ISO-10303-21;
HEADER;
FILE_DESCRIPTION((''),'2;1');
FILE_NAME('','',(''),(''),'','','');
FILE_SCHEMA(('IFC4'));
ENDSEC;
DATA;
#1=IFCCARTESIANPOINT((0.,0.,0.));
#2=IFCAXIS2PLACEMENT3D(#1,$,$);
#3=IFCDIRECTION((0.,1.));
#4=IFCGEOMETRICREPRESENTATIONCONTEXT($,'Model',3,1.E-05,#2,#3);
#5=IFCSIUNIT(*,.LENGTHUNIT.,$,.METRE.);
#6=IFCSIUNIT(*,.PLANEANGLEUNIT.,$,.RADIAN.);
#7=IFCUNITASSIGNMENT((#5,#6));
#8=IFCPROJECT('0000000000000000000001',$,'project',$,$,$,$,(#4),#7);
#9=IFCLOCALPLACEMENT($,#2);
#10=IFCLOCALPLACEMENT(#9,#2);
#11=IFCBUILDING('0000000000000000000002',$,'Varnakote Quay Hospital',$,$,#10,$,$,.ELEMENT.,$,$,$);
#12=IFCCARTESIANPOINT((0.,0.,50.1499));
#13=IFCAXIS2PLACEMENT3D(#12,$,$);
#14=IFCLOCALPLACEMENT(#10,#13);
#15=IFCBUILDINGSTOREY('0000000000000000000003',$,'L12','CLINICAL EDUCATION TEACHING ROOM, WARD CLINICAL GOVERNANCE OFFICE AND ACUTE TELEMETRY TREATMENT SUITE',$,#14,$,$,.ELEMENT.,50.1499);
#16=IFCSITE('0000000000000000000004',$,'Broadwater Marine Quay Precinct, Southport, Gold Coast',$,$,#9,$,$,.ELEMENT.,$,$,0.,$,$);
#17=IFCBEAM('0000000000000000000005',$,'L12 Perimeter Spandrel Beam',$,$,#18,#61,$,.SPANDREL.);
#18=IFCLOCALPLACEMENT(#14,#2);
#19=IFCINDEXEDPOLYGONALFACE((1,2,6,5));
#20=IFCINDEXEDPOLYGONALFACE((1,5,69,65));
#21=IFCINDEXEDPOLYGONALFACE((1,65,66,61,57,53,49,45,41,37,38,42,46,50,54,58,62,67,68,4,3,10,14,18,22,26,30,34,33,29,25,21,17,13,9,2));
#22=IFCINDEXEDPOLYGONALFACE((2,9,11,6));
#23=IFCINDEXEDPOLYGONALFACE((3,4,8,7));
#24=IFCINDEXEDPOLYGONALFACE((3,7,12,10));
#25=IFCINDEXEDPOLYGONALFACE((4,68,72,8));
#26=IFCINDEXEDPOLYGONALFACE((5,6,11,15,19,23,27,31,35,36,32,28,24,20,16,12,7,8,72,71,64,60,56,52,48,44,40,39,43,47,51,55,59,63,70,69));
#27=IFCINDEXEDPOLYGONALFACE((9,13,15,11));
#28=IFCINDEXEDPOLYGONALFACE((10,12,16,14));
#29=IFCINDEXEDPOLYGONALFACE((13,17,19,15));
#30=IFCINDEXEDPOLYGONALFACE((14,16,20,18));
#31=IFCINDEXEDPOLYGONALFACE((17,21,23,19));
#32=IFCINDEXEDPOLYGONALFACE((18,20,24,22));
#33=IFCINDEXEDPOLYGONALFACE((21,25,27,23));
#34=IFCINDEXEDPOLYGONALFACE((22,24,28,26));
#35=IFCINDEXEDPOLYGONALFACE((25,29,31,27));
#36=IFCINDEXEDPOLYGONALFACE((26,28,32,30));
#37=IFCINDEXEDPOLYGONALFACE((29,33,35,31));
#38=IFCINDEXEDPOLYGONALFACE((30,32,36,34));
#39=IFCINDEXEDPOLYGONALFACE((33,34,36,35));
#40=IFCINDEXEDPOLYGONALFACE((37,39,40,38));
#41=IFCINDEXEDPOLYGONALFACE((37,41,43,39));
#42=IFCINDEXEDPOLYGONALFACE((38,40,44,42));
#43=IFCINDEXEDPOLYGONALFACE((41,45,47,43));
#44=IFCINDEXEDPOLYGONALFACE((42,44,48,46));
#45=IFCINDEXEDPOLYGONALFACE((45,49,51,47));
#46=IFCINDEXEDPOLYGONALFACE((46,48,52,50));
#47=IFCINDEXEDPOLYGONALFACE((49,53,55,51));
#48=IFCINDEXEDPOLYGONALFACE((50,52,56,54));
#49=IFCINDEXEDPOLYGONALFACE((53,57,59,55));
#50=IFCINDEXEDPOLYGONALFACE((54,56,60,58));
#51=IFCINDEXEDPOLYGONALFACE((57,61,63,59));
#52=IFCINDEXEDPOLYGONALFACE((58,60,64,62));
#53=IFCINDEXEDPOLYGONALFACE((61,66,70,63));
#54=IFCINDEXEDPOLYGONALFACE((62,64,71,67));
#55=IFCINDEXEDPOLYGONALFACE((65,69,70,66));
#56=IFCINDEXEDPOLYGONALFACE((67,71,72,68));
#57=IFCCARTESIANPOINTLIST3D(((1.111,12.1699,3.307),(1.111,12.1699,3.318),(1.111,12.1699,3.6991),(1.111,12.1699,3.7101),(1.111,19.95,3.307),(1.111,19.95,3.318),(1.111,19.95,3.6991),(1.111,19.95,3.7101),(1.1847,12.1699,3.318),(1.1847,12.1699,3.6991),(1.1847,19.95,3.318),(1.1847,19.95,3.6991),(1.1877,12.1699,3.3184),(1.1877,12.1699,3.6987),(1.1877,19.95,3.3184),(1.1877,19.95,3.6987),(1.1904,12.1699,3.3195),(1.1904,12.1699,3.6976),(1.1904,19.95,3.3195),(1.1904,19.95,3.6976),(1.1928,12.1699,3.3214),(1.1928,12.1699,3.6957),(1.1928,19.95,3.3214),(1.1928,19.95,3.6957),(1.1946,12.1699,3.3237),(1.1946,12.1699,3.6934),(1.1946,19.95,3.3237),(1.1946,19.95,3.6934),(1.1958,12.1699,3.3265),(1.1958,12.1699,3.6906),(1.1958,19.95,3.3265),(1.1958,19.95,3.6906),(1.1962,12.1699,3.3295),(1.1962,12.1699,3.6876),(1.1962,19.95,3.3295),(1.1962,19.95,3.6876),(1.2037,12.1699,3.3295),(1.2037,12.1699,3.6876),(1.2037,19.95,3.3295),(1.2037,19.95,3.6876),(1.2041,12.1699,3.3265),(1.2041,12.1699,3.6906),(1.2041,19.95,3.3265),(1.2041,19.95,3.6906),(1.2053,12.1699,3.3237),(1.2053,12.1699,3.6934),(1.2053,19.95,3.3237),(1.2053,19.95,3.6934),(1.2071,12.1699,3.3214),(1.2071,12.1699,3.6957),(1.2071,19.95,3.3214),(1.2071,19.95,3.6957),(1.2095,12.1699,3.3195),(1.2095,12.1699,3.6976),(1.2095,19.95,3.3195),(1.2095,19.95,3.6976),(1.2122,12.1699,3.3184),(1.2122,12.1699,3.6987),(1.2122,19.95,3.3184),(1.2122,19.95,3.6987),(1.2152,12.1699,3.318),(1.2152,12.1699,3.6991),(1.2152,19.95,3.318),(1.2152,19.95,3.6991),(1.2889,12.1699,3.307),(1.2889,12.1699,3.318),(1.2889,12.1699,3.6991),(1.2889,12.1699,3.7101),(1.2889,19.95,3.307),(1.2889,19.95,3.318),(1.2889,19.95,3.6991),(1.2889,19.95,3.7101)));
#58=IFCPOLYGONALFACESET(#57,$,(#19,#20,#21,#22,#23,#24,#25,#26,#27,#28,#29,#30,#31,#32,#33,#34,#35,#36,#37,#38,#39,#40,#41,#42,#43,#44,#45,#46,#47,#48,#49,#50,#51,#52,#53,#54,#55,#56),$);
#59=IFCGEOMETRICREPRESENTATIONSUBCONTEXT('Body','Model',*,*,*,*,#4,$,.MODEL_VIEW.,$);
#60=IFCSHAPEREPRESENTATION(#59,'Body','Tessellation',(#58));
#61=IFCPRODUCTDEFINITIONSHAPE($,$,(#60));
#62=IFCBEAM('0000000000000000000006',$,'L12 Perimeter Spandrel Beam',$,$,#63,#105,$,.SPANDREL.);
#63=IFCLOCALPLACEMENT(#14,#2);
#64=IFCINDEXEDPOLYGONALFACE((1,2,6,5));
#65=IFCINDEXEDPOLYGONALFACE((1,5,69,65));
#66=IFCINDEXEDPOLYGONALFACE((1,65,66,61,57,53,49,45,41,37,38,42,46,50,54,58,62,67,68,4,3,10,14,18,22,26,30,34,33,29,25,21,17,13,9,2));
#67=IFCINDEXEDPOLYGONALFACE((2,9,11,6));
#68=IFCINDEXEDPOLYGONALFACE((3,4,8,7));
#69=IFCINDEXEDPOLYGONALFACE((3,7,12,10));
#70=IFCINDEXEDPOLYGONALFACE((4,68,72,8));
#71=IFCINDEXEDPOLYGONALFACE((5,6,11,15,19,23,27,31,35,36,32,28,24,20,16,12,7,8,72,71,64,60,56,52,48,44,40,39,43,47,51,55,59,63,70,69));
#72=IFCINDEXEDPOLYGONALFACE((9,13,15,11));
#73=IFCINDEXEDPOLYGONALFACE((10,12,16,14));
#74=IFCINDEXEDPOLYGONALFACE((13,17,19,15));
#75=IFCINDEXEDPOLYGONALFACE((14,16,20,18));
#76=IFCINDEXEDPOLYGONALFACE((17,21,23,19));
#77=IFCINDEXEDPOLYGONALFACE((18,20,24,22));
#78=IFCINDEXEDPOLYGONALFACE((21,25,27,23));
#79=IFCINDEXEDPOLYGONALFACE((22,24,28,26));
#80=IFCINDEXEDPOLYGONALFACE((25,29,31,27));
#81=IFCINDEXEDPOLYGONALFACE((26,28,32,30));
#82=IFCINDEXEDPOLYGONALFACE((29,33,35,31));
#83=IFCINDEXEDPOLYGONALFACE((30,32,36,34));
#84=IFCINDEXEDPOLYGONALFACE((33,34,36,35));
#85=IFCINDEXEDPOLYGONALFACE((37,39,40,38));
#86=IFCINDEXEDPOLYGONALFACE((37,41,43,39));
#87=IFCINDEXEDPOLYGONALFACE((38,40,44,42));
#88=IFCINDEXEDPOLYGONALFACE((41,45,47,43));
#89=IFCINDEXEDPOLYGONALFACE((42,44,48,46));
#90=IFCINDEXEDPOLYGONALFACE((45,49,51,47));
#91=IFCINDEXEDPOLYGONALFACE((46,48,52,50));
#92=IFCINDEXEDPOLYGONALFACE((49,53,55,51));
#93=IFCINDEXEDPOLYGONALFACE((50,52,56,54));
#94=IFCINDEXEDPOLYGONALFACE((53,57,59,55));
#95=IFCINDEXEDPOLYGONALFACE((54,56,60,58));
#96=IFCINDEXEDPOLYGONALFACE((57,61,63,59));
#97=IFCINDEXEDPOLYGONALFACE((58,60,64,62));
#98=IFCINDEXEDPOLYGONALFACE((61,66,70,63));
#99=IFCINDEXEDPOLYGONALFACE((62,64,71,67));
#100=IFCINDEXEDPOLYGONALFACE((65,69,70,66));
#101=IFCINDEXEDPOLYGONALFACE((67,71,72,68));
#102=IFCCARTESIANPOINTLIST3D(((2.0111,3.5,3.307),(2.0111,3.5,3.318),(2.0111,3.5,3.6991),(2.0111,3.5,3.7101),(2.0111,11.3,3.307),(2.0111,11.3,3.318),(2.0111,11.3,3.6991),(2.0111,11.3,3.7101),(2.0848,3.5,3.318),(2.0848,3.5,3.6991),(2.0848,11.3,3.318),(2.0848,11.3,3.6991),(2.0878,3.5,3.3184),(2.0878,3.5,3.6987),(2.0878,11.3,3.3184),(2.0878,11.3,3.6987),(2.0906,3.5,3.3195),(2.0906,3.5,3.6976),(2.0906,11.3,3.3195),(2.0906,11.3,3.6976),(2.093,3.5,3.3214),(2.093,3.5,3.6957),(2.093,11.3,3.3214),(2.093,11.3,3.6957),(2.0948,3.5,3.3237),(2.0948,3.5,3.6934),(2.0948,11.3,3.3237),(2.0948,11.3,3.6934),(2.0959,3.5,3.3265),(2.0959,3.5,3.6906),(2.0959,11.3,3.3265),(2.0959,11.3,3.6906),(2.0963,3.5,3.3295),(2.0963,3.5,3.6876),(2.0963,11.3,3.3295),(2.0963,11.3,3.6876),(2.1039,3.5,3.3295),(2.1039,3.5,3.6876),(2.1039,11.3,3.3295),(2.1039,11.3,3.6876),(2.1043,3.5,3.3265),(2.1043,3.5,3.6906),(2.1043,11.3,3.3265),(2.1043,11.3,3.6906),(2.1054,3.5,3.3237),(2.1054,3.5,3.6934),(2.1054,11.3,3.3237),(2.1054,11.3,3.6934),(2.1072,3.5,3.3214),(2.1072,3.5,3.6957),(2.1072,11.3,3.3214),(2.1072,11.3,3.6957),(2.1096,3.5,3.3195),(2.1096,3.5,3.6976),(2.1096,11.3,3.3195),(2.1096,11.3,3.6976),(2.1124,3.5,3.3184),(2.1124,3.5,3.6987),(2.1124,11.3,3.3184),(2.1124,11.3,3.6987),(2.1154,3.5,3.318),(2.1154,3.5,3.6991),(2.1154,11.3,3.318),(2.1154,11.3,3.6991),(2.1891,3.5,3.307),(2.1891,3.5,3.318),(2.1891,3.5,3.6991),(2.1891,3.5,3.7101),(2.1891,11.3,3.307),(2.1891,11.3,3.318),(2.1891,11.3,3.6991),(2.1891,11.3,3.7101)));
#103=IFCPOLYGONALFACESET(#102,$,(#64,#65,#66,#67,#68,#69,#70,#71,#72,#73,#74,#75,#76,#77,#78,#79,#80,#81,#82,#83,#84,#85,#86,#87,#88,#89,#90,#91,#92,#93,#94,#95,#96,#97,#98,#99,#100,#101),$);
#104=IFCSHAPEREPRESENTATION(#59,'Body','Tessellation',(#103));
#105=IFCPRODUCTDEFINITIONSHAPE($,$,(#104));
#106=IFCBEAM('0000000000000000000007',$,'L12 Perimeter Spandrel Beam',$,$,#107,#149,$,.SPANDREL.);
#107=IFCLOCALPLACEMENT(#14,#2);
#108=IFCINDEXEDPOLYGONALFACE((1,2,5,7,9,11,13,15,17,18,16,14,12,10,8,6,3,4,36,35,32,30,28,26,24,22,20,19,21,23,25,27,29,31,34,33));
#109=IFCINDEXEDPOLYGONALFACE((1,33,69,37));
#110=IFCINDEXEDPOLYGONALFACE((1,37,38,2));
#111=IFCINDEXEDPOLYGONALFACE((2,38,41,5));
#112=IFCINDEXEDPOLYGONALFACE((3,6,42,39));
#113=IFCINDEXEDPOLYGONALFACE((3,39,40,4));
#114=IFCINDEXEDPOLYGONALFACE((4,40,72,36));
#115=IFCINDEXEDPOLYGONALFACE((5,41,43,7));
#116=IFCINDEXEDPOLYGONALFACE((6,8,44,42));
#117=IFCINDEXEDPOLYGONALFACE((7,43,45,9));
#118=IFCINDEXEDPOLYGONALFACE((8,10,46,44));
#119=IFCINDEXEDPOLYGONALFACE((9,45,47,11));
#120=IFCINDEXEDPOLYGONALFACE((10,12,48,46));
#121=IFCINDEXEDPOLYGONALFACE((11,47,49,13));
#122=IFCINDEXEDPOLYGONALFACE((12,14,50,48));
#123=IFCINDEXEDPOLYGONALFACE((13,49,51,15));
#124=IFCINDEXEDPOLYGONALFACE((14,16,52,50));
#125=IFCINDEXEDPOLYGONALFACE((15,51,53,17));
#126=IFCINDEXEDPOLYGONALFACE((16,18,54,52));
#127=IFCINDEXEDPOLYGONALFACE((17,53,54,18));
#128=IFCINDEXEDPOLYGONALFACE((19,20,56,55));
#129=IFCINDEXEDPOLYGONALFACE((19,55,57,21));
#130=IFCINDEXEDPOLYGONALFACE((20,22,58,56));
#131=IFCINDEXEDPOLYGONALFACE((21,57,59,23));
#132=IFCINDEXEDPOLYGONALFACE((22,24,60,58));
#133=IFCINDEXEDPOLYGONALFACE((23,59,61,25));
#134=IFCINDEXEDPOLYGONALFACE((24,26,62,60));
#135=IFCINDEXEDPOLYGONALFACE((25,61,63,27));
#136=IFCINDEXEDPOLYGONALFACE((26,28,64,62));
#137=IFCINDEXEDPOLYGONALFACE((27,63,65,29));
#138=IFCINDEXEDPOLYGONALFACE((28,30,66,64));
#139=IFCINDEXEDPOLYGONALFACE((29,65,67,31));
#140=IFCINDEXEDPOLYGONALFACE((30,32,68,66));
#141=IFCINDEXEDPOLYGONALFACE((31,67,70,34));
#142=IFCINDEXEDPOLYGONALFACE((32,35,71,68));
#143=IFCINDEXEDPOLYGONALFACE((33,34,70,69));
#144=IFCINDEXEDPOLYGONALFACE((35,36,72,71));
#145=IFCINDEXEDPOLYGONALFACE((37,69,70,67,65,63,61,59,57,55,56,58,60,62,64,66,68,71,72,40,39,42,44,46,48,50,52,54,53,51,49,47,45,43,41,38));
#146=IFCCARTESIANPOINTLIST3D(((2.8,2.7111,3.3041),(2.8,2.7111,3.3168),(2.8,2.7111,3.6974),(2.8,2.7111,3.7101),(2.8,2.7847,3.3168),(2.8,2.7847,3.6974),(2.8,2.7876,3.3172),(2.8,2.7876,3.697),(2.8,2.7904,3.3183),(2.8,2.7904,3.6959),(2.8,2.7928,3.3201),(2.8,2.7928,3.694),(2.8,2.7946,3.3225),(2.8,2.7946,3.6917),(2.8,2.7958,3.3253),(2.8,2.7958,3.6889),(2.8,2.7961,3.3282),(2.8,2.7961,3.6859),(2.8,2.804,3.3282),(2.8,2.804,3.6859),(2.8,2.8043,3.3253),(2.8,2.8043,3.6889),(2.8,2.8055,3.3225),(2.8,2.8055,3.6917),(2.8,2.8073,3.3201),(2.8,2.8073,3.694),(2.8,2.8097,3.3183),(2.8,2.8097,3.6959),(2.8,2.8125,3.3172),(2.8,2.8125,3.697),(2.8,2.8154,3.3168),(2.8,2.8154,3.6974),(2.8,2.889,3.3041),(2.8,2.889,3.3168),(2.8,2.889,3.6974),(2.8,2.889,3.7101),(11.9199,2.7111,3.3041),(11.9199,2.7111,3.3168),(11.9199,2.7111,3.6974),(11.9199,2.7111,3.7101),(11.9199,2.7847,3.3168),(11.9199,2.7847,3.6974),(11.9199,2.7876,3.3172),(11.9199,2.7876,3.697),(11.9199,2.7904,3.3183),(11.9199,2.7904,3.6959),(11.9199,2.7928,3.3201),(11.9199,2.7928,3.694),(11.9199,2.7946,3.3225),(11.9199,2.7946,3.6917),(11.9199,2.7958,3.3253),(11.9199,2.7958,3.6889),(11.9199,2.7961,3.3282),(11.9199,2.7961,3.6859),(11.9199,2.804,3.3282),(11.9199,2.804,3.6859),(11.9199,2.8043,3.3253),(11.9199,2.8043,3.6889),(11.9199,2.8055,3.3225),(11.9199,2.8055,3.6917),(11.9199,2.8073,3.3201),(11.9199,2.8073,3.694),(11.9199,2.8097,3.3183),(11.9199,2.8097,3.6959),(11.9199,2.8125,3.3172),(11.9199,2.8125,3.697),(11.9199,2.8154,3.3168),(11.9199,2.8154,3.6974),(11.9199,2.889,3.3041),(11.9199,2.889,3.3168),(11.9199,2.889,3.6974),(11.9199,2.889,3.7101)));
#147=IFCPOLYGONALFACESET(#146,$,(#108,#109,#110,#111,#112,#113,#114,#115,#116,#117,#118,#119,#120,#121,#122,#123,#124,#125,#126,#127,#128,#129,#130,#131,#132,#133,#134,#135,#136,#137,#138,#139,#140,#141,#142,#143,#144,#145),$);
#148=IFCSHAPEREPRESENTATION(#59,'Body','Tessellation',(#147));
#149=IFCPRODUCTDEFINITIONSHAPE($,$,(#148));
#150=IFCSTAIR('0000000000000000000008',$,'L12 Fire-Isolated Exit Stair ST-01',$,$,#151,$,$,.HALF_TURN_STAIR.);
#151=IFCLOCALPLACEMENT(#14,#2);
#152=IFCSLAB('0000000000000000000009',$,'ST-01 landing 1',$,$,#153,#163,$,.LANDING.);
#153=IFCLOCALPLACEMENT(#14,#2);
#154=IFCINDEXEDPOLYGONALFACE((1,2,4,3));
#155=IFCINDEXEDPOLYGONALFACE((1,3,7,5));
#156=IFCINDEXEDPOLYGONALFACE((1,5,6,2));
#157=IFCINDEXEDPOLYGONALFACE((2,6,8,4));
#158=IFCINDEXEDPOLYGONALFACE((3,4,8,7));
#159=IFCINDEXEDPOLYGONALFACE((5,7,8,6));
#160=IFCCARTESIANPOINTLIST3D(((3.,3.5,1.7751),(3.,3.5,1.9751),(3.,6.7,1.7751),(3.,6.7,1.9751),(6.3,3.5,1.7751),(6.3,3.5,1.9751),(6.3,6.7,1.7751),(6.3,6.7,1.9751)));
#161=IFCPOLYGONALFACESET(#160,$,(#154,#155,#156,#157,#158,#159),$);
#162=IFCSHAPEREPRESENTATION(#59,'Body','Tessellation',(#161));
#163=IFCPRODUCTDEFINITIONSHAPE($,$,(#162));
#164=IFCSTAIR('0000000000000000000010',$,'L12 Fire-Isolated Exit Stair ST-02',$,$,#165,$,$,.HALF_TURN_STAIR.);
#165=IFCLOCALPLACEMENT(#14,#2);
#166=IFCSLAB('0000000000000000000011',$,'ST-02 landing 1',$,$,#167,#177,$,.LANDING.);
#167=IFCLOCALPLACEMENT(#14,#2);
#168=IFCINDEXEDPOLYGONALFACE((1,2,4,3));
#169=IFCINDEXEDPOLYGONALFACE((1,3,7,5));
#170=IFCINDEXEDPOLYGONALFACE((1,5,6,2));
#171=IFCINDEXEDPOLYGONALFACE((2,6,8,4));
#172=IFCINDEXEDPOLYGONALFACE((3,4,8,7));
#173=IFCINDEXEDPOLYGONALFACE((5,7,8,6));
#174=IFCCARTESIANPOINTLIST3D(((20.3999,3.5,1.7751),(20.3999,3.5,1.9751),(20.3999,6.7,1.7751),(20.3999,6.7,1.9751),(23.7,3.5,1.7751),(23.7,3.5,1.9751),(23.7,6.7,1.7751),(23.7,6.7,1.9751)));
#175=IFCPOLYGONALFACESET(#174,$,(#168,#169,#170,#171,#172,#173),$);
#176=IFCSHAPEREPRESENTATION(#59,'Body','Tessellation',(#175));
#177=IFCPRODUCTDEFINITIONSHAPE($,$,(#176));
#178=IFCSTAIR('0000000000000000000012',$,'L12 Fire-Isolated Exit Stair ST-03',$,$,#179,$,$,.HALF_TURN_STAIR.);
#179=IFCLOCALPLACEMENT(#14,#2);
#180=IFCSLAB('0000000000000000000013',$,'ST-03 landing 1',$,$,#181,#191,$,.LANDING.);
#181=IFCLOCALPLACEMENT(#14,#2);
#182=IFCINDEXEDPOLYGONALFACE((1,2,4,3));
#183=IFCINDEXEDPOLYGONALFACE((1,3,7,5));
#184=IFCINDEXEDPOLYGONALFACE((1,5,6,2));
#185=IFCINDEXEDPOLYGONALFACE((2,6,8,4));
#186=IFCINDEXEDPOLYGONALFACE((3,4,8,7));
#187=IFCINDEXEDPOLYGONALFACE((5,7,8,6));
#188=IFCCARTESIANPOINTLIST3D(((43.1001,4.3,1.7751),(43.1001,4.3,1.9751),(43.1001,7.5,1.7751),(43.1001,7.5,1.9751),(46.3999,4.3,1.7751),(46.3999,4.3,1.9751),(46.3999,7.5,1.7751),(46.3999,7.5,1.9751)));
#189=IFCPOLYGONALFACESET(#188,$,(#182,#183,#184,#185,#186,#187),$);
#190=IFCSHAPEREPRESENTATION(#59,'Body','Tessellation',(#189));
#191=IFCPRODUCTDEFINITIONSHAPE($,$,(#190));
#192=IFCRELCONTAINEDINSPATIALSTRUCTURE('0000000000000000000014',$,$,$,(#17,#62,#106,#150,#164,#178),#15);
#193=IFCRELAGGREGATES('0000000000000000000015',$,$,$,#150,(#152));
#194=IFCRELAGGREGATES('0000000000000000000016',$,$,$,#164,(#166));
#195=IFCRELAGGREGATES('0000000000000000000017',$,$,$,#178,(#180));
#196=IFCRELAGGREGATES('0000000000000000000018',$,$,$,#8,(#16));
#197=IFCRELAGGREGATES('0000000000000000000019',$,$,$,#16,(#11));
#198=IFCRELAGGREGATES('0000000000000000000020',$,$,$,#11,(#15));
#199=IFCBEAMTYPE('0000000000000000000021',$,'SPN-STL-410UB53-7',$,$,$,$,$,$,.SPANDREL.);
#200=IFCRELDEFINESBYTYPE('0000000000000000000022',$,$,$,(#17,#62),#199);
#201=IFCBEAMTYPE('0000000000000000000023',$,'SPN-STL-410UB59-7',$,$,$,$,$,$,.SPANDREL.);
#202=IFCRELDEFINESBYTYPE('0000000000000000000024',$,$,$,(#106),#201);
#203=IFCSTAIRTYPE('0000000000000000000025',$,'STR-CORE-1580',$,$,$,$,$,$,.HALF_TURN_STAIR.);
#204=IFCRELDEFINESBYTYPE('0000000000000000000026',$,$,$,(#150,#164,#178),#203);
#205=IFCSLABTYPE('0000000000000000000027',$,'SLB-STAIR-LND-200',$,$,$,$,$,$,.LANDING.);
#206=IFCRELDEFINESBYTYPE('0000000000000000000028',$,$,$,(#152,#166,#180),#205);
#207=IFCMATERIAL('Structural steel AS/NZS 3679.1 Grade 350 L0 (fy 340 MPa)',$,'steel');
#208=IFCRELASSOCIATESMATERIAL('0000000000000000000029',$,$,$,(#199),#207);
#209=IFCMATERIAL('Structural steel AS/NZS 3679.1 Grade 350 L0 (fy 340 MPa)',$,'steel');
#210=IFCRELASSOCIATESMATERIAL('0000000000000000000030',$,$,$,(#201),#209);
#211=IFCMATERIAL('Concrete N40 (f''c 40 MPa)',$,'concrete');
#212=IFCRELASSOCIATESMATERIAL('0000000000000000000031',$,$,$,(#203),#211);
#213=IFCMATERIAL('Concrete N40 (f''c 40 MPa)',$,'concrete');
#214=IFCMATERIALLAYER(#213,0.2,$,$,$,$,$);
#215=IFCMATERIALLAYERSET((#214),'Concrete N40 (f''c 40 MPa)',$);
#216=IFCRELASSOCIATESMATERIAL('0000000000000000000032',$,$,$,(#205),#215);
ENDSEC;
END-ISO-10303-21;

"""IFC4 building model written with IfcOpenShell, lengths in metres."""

from ifc_helpers import new_model, si_unit, direction, frame, origin, origin_2d, place, context, subcontext, project, spatial, polyline, i_section, outline, extrude, material, layer, layer_set, material_profile, profile_set, type_object, element, aggregate, save


model = new_model("IFC4")

# Units and contexts
model_context = context("Model", 3, precision=1e-05, world=origin(), true_north=direction((0.0, 1.0)))
body_context = subcontext(model_context, "Body", "Model", "MODEL_VIEW")
ifc_project = project(units=[si_unit("LENGTHUNIT", "METRE"), si_unit("PLANEANGLEUNIT", "RADIAN")], contexts=[model_context])

# Site, building, storey
site_placement = place(None, origin())
site = spatial("IfcSite", under=ifc_project, at=site_placement, Name="Broadwater Marine Quay Precinct, Southport, Gold Coast", CompositionType="ELEMENT", RefElevation=0.0)
building_placement = place(site_placement, origin())
building = spatial("IfcBuilding", under=site, at=building_placement, Name="Varnakote Quay Hospital", CompositionType="ELEMENT")
storey_placement = place(building_placement, frame((0.0, 0.0, 50.1499)))
storey = spatial("IfcBuildingStorey", under=building, at=storey_placement, Name="L12", Description="CLINICAL EDUCATION TEACHING ROOM, WARD CLINICAL GOVERNANCE OFFICE AND ACUTE TELEMETRY TREATMENT SUITE", CompositionType="ELEMENT", Elevation=50.1499)

# Beams
ifc_material_1 = material(Name="Structural steel AS/NZS 3679.1 Grade 350 L0 (fy 340 MPa)", Category="steel")
ifc_material_profile_1 = material_profile(ifc_material_1, i_section(OverallWidth=0.178, OverallDepth=0.4031, WebThickness=0.0076, FlangeThickness=0.011, FilletRadius=0.0115, at=origin_2d()), Name="410UB53.7")
ifc_profile_set_1 = profile_set([ifc_material_profile_1], Name="Structural steel AS/NZS 3679.1 Grade 350 L0 (fy 340 MPa)")
beam_type_1 = type_object("IfcBeamType", Name="SPN-STL-410UB53-7", PredefinedType="SPANDREL", material=ifc_profile_set_1)
beam_1_placement = place(storey_placement, frame((1.2, 12.1699, 3.5085), z_axis=(0.0, 1.0, 0.0), x_axis=(-1.0, 0.0, 0.0)))
element("IfcBeam", 1, at=beam_1_placement, inside=storey, type_object=beam_type_1, Name="L12 Perimeter Spandrel Beam", PredefinedType="SPANDREL", context=body_context, shape_type="SweptSolid", body=[
    extrude(i_section(OverallWidth=0.178, OverallDepth=0.4031, WebThickness=0.0076, FlangeThickness=0.011, FilletRadius=0.0115, at=origin_2d()), origin(), (0.0, 0.0, 1.0), 7.78),
])
beam_2_placement = place(storey_placement, frame((2.1001, 3.5, 3.5085), z_axis=(0.0, 1.0, 0.0), x_axis=(-1.0, 0.0, 0.0)))
element("IfcBeam", 2, at=beam_2_placement, inside=storey, type_object=beam_type_1, Name="L12 Perimeter Spandrel Beam", PredefinedType="SPANDREL", context=body_context, shape_type="SweptSolid", body=[
    extrude(i_section(OverallWidth=0.178, OverallDepth=0.4031, WebThickness=0.0076, FlangeThickness=0.011, FilletRadius=0.0115, at=origin_2d()), origin(), (0.0, 0.0, 1.0), 7.8),
])
ifc_material_2 = material(Name="Structural steel AS/NZS 3679.1 Grade 350 L0 (fy 340 MPa)", Category="steel")
ifc_material_profile_2 = material_profile(ifc_material_2, i_section(OverallWidth=0.178, OverallDepth=0.406, WebThickness=0.0078, FlangeThickness=0.0127, FilletRadius=0.0115, at=origin_2d()), Name="410UB59.7")
ifc_profile_set_2 = profile_set([ifc_material_profile_2], Name="Structural steel AS/NZS 3679.1 Grade 350 L0 (fy 340 MPa)")
beam_type_2 = type_object("IfcBeamType", Name="SPN-STL-410UB59-7", PredefinedType="SPANDREL", material=ifc_profile_set_2)
beam_3_placement = place(storey_placement, frame((2.8, 2.8, 3.5071), z_axis=(1.0, 0.0, 0.0), x_axis=(0.0, 1.0, 0.0)))
element("IfcBeam", 3, at=beam_3_placement, inside=storey, type_object=beam_type_2, Name="L12 Perimeter Spandrel Beam", PredefinedType="SPANDREL", context=body_context, shape_type="SweptSolid", body=[
    extrude(i_section(OverallWidth=0.178, OverallDepth=0.406, WebThickness=0.0078, FlangeThickness=0.0127, FilletRadius=0.0115, at=origin_2d()), origin(), (0.0, 0.0, 1.0), 9.1199),
])

# Stairs, slabs
ifc_material_3 = material(Name="Concrete N40 (f'c 40 MPa)", Category="concrete")
stair_type = type_object("IfcStairType", Name="STR-CORE-1580", PredefinedType="HALF_TURN_STAIR", material=ifc_material_3)
stair_1_placement = place(storey_placement, origin())
stair_1 = element("IfcStair", 4, at=stair_1_placement, inside=storey, type_object=stair_type, Name="L12 Fire-Isolated Exit Stair ST-01", PredefinedType="HALF_TURN_STAIR")
ifc_material_4 = material(Name="Concrete N40 (f'c 40 MPa)", Category="concrete")
ifc_layer_1 = layer(ifc_material_4, 0.2)
ifc_layer_set_1 = layer_set([ifc_layer_1], Name="Concrete N40 (f'c 40 MPa)")
slab_type_1 = type_object("IfcSlabType", Name="SLB-STAIR-LND-200", PredefinedType="LANDING", material=ifc_layer_set_1)
slab_1_placement = place(storey_placement, frame((0.0, 0.0, 1.7751)))
slab_1 = element("IfcSlab", 5, at=slab_1_placement, type_object=slab_type_1, Name="ST-01 landing 1", PredefinedType="LANDING", context=body_context, shape_type="SweptSolid", body=[
    extrude(outline(polyline([(3.0, 6.7), (3.0, 3.5), (6.3, 3.5), (6.3, 6.7), (3.0, 6.7)])), origin(), (0.0, 0.0, 1.0), 0.2),
])
aggregate(stair_1, [slab_1])
stair_2_placement = place(storey_placement, origin())
stair_2 = element("IfcStair", 6, at=stair_2_placement, inside=storey, type_object=stair_type, Name="L12 Fire-Isolated Exit Stair ST-02", PredefinedType="HALF_TURN_STAIR")
slab_2_placement = place(storey_placement, frame((0.0, 0.0, 1.7751)))
slab_2 = element("IfcSlab", 7, at=slab_2_placement, type_object=slab_type_1, Name="ST-02 landing 1", PredefinedType="LANDING", context=body_context, shape_type="SweptSolid", body=[
    extrude(outline(polyline([(20.3999, 6.7), (20.3999, 3.5), (23.7, 3.5), (23.7, 6.7), (20.3999, 6.7)])), origin(), (0.0, 0.0, 1.0), 0.2),
])
aggregate(stair_2, [slab_2])
stair_3_placement = place(storey_placement, origin())
stair_3 = element("IfcStair", 8, at=stair_3_placement, inside=storey, type_object=stair_type, Name="L12 Fire-Isolated Exit Stair ST-03", PredefinedType="HALF_TURN_STAIR")
slab_3_placement = place(storey_placement, frame((0.0, 0.0, 1.7751)))
slab_3 = element("IfcSlab", 9, at=slab_3_placement, type_object=slab_type_1, Name="ST-03 landing 1", PredefinedType="LANDING", context=body_context, shape_type="SweptSolid", body=[
    extrude(outline(polyline([(43.1001, 7.5), (43.1001, 4.3), (46.3999, 4.3), (46.3999, 7.5), (43.1001, 7.5)])), origin(), (0.0, 0.0, 1.0), 0.2),
])
aggregate(stair_3, [slab_3])

save(model, "model.ifc")
